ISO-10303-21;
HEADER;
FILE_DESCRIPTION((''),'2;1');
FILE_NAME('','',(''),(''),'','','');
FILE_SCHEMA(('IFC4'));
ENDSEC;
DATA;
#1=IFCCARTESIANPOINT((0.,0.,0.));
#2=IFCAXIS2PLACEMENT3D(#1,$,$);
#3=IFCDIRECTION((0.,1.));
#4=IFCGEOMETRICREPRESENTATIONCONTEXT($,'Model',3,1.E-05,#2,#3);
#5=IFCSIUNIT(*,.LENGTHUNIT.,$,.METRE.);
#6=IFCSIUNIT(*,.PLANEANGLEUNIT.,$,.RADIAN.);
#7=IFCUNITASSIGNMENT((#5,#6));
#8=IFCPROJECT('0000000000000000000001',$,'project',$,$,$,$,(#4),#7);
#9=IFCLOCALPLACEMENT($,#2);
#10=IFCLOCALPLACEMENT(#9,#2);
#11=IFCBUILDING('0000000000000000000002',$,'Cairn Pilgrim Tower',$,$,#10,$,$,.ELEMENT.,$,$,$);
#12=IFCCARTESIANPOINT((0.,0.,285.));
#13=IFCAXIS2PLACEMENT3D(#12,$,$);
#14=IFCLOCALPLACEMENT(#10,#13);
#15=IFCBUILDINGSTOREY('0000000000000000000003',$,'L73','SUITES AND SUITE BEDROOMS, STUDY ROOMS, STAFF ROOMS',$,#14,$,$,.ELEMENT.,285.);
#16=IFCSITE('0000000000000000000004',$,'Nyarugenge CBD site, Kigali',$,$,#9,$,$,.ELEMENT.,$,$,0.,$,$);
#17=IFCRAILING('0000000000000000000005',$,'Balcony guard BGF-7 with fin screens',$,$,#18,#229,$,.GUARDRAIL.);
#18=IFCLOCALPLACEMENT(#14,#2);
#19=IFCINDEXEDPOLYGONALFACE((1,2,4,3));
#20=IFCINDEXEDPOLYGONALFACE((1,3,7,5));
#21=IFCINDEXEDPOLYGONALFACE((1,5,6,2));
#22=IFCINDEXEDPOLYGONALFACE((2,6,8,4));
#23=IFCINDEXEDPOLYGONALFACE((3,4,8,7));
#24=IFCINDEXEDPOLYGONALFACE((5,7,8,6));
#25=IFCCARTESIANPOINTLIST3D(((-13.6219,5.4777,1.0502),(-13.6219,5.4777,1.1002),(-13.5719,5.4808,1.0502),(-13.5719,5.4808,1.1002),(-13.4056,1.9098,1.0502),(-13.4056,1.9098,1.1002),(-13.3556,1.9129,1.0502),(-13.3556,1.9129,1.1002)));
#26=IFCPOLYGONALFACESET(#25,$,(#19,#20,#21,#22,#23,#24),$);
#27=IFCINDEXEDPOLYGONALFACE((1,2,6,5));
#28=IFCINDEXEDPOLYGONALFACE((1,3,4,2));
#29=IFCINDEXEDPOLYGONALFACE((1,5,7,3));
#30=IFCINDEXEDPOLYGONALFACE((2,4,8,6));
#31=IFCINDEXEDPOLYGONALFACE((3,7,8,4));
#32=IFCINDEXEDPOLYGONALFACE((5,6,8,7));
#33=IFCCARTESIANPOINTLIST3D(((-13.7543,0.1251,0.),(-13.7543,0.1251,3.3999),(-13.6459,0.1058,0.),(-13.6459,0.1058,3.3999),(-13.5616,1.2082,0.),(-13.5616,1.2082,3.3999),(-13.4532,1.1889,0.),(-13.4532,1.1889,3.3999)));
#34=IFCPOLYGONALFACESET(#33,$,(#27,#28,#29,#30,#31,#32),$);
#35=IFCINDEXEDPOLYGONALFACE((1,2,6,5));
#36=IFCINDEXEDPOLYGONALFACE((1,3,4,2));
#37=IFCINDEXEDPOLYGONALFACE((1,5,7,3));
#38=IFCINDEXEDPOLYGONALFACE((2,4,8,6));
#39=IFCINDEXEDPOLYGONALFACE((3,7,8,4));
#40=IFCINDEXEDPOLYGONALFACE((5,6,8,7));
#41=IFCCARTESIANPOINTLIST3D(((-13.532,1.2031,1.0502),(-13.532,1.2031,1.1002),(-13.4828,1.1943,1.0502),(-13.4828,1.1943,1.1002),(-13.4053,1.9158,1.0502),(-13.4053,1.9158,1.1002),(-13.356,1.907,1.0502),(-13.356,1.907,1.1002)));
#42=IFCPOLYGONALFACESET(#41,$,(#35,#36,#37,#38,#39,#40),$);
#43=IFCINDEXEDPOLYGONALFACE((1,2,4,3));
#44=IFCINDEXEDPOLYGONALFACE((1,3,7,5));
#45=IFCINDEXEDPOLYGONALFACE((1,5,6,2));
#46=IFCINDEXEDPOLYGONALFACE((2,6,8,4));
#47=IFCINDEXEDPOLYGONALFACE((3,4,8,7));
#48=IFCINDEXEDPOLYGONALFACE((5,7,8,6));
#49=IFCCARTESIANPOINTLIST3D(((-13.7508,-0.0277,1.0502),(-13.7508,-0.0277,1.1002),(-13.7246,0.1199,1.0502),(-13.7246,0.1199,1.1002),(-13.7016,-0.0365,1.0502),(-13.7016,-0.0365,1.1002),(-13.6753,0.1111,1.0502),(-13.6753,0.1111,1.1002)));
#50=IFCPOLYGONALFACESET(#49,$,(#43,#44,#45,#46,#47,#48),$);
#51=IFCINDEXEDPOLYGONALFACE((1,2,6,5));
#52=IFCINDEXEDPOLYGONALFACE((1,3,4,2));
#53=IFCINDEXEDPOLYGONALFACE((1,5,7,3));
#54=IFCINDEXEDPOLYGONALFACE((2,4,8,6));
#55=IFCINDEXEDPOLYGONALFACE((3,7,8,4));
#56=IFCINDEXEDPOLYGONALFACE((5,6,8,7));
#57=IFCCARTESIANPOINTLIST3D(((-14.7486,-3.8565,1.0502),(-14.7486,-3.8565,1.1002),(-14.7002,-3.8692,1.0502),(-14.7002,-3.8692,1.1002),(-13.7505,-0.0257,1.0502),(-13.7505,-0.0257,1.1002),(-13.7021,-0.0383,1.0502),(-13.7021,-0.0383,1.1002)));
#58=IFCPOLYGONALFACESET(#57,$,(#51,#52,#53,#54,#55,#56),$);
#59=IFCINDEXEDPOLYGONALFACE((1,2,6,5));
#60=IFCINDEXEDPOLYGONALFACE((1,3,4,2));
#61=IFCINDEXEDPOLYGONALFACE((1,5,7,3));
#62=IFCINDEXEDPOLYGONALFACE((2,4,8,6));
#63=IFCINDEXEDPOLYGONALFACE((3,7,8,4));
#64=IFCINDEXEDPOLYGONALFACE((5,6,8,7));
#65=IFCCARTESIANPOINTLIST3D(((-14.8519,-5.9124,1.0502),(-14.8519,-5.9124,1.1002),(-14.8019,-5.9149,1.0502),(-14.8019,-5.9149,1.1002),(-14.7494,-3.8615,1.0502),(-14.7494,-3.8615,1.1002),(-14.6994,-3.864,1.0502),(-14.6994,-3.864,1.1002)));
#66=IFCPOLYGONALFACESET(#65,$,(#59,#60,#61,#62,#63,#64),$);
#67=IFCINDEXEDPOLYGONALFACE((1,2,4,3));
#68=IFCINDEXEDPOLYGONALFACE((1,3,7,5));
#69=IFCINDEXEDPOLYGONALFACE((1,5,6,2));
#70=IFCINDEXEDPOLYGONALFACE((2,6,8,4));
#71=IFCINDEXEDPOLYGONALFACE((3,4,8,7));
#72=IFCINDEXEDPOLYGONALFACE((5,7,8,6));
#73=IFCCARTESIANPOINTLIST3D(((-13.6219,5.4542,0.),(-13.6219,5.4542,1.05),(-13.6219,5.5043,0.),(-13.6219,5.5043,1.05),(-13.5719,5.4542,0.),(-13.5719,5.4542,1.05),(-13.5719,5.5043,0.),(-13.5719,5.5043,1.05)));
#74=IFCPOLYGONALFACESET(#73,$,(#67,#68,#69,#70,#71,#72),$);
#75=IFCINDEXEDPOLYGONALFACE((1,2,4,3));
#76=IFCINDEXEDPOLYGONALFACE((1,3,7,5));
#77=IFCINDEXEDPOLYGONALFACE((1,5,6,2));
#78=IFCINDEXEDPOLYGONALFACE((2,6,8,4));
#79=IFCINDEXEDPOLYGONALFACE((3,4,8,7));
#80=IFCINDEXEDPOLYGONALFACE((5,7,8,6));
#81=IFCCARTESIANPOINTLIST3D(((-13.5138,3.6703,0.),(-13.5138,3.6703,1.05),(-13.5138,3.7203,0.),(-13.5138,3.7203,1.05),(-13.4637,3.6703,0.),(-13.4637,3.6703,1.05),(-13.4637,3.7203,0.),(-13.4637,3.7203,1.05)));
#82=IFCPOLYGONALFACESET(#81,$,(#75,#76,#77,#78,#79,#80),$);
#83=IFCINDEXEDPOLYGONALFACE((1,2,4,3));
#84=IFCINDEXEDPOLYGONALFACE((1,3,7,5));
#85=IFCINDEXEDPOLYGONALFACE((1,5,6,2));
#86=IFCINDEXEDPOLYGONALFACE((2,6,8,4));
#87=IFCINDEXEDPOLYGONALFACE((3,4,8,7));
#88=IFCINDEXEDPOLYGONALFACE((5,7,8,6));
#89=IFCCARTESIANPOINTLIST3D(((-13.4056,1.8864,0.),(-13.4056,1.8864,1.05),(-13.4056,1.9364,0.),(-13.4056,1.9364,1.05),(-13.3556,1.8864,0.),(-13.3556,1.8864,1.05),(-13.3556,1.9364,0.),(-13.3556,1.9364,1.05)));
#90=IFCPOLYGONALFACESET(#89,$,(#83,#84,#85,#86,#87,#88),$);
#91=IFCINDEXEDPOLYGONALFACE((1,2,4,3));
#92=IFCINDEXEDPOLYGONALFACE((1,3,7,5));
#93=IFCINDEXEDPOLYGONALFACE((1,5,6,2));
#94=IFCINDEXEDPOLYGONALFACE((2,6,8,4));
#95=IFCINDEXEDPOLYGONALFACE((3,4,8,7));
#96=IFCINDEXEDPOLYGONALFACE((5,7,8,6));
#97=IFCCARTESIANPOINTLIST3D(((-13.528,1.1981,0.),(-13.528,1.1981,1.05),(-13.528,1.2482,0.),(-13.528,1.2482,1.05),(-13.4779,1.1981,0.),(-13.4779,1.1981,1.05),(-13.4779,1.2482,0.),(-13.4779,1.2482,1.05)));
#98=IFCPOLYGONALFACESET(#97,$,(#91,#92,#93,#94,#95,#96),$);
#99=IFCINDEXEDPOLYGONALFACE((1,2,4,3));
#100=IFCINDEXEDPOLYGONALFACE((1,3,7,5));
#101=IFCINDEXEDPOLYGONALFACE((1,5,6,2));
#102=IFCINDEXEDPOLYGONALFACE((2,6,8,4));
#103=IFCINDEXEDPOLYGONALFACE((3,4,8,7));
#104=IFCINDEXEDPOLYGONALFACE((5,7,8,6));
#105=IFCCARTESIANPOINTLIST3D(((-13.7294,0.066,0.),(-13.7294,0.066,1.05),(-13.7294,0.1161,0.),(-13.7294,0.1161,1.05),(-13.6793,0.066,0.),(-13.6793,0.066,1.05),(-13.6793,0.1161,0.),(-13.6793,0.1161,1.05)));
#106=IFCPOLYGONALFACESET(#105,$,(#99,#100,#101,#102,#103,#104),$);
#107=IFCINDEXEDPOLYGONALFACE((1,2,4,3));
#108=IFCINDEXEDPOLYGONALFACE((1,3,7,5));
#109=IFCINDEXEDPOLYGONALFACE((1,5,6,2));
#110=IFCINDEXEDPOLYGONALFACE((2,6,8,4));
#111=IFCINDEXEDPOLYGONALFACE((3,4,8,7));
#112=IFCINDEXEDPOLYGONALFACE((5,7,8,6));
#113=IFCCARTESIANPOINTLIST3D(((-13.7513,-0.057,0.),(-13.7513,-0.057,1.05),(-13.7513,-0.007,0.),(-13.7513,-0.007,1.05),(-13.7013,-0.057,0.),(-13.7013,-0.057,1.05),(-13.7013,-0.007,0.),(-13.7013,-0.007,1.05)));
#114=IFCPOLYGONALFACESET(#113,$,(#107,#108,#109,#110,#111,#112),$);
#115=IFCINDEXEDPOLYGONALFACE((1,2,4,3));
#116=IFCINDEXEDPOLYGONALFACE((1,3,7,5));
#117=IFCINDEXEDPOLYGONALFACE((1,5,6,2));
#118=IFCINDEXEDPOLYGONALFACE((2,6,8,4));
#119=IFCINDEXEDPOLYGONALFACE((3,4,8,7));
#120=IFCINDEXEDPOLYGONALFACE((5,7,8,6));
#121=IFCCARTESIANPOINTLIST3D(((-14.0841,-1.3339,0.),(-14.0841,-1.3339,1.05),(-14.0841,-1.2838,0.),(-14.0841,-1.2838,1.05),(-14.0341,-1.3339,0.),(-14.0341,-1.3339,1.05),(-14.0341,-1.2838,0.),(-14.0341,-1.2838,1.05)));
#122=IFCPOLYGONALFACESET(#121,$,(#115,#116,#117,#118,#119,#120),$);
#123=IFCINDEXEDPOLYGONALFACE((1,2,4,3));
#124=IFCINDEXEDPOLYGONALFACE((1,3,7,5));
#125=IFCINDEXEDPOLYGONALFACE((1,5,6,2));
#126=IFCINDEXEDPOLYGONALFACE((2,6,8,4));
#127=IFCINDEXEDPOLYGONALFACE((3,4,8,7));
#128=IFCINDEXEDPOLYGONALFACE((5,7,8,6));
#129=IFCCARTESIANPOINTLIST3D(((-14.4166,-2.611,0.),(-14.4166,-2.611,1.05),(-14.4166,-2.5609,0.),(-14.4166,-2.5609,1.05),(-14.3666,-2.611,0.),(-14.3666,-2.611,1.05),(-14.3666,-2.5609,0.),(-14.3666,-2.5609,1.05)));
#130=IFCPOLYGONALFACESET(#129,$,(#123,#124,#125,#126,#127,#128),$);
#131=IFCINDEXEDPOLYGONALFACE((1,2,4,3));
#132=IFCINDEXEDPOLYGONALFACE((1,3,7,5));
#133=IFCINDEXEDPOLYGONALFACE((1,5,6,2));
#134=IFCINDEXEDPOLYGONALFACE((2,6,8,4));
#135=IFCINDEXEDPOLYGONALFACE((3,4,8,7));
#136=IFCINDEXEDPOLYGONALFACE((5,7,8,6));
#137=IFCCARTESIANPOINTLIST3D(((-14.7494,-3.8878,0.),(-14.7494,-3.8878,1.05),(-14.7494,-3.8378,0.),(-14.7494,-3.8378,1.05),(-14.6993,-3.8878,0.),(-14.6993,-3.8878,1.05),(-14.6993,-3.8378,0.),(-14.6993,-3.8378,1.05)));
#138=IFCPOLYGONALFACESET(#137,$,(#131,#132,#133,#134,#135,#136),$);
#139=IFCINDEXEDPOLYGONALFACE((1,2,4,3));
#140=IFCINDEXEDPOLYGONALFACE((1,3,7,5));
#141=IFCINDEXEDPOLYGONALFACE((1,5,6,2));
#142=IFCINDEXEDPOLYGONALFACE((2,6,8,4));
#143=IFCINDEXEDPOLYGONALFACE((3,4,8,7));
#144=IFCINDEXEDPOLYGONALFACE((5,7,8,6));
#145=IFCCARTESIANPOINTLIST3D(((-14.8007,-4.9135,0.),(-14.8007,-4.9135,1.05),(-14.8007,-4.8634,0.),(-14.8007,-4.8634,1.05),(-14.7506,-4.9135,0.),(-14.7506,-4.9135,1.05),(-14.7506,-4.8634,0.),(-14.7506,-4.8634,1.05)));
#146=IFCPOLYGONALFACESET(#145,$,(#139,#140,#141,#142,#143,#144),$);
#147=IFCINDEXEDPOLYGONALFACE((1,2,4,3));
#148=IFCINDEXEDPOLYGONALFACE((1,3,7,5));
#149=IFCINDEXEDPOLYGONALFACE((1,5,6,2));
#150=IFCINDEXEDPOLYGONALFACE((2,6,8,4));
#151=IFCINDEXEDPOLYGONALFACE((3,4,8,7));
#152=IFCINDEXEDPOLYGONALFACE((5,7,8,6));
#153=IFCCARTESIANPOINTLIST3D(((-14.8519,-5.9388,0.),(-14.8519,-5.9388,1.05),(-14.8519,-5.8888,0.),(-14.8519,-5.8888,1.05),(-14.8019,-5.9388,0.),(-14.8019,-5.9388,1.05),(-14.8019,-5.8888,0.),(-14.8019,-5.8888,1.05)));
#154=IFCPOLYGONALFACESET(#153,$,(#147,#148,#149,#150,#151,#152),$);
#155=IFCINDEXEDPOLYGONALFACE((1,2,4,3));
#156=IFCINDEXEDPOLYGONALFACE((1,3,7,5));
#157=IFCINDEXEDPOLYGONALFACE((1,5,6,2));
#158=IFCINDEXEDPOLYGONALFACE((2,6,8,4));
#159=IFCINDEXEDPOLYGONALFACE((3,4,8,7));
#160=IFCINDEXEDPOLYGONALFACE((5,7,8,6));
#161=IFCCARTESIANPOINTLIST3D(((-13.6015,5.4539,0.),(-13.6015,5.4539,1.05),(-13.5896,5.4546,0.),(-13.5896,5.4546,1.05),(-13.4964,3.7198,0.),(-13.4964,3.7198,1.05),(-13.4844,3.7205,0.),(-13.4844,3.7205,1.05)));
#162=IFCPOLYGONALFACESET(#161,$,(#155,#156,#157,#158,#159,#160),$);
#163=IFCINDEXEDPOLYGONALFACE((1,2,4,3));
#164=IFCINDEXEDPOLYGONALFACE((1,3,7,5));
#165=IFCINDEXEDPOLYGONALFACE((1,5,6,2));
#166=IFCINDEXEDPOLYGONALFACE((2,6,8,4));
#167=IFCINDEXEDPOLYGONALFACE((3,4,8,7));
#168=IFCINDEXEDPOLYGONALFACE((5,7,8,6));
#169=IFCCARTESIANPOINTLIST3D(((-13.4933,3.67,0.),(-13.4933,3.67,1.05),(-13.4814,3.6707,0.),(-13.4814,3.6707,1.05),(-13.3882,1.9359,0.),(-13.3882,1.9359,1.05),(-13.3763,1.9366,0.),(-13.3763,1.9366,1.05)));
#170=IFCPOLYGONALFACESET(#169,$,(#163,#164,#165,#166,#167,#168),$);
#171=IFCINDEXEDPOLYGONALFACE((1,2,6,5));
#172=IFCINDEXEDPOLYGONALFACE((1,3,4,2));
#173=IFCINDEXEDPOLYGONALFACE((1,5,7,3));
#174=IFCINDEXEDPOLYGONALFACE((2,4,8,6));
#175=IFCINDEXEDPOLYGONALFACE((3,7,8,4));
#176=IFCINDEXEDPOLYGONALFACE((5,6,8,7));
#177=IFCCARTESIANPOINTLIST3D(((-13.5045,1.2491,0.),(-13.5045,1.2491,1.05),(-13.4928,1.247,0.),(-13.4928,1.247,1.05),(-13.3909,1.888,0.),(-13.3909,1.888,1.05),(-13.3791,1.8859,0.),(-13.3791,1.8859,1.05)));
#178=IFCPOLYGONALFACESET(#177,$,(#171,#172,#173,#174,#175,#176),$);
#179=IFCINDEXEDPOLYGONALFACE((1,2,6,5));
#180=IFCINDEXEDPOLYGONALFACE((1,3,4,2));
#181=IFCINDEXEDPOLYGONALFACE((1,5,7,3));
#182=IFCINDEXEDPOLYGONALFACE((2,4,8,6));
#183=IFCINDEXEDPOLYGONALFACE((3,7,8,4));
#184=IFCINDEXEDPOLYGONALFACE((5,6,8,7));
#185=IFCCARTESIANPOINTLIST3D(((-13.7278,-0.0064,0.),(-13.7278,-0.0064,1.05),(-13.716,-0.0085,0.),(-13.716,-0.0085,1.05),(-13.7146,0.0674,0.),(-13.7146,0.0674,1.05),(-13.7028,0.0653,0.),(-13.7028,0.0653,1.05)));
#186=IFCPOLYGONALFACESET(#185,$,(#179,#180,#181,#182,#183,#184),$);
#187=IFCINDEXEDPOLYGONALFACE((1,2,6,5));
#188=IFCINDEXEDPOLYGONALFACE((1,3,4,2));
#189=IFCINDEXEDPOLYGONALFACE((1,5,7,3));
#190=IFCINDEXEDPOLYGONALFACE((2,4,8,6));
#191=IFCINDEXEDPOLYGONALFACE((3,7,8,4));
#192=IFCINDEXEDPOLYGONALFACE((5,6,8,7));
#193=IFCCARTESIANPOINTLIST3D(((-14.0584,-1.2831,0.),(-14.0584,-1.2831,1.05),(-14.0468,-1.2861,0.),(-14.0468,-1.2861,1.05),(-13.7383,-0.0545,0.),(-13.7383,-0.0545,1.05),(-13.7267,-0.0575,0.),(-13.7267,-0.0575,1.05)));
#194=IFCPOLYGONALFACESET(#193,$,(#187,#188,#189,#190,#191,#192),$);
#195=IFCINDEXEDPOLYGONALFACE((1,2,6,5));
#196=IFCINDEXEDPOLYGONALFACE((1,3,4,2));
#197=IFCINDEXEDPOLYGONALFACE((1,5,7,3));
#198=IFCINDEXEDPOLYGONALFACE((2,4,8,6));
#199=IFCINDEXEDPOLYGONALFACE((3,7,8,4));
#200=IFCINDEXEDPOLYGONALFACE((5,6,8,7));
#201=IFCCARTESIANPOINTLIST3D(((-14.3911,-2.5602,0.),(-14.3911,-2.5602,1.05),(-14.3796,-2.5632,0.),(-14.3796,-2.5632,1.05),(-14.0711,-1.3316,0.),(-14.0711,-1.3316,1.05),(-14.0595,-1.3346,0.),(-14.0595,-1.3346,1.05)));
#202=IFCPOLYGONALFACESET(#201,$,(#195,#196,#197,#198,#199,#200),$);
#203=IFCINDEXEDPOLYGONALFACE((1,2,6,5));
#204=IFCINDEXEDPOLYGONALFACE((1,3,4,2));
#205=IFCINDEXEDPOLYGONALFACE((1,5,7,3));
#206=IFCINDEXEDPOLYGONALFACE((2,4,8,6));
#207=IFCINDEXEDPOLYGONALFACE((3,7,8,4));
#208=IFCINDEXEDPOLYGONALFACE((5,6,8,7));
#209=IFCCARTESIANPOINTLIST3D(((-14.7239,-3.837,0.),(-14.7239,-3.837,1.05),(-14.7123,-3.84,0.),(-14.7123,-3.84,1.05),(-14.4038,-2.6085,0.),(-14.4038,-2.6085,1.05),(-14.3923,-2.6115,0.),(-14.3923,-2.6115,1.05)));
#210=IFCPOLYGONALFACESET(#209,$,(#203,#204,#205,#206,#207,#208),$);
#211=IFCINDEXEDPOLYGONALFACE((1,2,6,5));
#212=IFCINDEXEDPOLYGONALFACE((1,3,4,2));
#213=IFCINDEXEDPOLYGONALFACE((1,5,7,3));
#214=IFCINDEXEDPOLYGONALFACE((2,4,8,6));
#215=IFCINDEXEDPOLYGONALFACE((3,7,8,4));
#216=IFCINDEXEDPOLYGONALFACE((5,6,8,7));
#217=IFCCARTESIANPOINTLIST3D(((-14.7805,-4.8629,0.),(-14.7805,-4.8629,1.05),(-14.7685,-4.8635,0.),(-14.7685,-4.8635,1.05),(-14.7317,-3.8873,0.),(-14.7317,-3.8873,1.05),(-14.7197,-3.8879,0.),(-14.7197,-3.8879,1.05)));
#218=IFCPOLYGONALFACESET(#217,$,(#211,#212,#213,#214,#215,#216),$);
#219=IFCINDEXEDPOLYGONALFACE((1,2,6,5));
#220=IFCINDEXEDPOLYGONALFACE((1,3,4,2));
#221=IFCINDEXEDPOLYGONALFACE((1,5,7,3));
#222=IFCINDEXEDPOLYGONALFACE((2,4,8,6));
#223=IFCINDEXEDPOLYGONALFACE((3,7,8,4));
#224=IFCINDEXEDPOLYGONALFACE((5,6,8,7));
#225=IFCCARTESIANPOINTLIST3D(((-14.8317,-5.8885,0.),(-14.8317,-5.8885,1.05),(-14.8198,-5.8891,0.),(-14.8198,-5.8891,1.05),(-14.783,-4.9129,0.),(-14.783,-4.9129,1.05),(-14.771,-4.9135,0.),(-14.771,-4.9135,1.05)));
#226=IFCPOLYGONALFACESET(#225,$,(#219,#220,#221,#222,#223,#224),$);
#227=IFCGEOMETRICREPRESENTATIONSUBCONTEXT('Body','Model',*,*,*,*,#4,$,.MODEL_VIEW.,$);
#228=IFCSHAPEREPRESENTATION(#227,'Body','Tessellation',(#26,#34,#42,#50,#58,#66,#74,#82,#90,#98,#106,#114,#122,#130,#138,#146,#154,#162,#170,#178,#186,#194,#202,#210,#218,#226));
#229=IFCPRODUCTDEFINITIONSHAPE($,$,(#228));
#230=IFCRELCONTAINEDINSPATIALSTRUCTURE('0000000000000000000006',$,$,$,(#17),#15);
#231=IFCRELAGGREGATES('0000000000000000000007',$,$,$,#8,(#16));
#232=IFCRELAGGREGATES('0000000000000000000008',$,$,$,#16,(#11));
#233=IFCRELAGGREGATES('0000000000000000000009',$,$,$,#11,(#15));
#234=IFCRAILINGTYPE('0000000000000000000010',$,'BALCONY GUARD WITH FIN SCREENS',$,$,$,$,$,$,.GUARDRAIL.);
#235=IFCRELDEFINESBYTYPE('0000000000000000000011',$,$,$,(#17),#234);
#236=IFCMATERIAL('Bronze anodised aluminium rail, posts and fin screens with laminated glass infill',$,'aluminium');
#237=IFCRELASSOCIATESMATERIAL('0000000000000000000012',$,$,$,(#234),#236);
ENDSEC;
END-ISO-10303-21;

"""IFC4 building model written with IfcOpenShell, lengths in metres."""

from ifc_helpers import new_model, si_unit, direction, frame, origin, origin_2d, place, context, subcontext, project, spatial, polyline, rectangle, outline, extrude, material, type_object, element, save


model = new_model("IFC4")

# Units and contexts
model_context = context("Model", 3, precision=1e-05, world=origin(), true_north=direction((0.0, 1.0)))
body_context = subcontext(model_context, "Body", "Model", "MODEL_VIEW")
ifc_project = project(units=[si_unit("LENGTHUNIT", "METRE"), si_unit("PLANEANGLEUNIT", "RADIAN")], contexts=[model_context])

# Site, building, storey
site_placement = place(None, origin())
site = spatial("IfcSite", under=ifc_project, at=site_placement, Name="Nyarugenge CBD site, Kigali", CompositionType="ELEMENT", RefElevation=0.0)
building_placement = place(site_placement, origin())
building = spatial("IfcBuilding", under=site, at=building_placement, Name="Cairn Pilgrim Tower", CompositionType="ELEMENT")
storey_placement = place(building_placement, frame((0.0, 0.0, 285.0)))
storey = spatial("IfcBuildingStorey", under=building, at=storey_placement, Name="L73", Description="SUITES AND SUITE BEDROOMS, STUDY ROOMS, STAFF ROOMS", CompositionType="ELEMENT", Elevation=285.0)

# Railing
ifc_material_1 = material(Name="Bronze anodised aluminium rail, posts and fin screens with laminated glass infill", Category="aluminium")
railing_type = type_object("IfcRailingType", Name="BALCONY GUARD WITH FIN SCREENS", PredefinedType="GUARDRAIL", material=ifc_material_1)
railing_placement = place(storey_placement, frame((-13.5969, 5.4792, 0.0)))
element("IfcRailing", 1, at=railing_placement, inside=storey, type_object=railing_type, Name="Balcony guard BGF-7 with fin screens", PredefinedType="GUARDRAIL", context=body_context, shape_type="SweptSolid", body=[
    extrude(rectangle(XDim=0.05, YDim=0.05, at=origin_2d()), frame((0.0, 0.0, 1.0752), z_axis=(0.060516, -0.998167, 0.0), x_axis=(0.998167, 0.060516, 0.0)), (0.0, 0.0, 1.0), 3.5745),
    extrude(rectangle(XDim=1.1001, YDim=0.1101, at=origin_2d()), frame((-0.0068, -4.8223, 0.0), z_axis=(0.0, 0.0, 1.0), x_axis=(-0.17514, -0.984544, 0.0)), (0.0, 0.0, 1.0), 3.3999),
    extrude(rectangle(XDim=0.05, YDim=0.05, at=origin_2d()), frame((0.2163, -3.5679, 1.0752), z_axis=(-0.17514, -0.984544, 0.0), x_axis=(0.984544, -0.17514, 0.0)), (0.0, 0.0, 1.0), 0.7239),
    extrude(rectangle(XDim=0.05, YDim=0.05, at=origin_2d()), frame((-0.103, -5.3638, 1.0752), z_axis=(-0.17514, -0.984544, 0.0), x_axis=(0.984544, -0.17514, 0.0)), (0.0, 0.0, 1.0), 0.1499),
    extrude(rectangle(XDim=0.05, YDim=0.05, at=origin_2d()), frame((-0.1294, -5.5112, 1.0752), z_axis=(-0.252116, -0.967697, 0.0), x_axis=(0.967697, -0.252116, 0.0)), (0.0, 0.0, 1.0), 3.9587),
    extrude(rectangle(XDim=0.05, YDim=0.05, at=origin_2d()), frame((-1.1274, -9.342, 1.0752), z_axis=(-0.049932, -0.998753, 0.0), x_axis=(0.998753, -0.049932, 0.0)), (0.0, 0.0, 1.0), 2.0535),
    extrude(rectangle(XDim=0.05, YDim=0.05, at=origin_2d()), origin(), (0.0, 0.0, 1.0), 1.05),
    extrude(rectangle(XDim=0.05, YDim=0.05, at=origin_2d()), frame((0.1082, -1.7839, 0.0)), (0.0, 0.0, 1.0), 1.05),
    extrude(rectangle(XDim=0.05, YDim=0.05, at=origin_2d()), frame((0.2163, -3.5679, 0.0)), (0.0, 0.0, 1.0), 1.05),
    extrude(rectangle(XDim=0.05, YDim=0.05, at=origin_2d()), frame((0.094, -4.2561, 0.0)), (0.0, 0.0, 1.0), 1.05),
    extrude(rectangle(XDim=0.05, YDim=0.05, at=origin_2d()), frame((-0.1074, -5.3882, 0.0)), (0.0, 0.0, 1.0), 1.05),
    extrude(rectangle(XDim=0.05, YDim=0.05, at=origin_2d()), frame((-0.1294, -5.5112, 0.0)), (0.0, 0.0, 1.0), 1.05),
    extrude(rectangle(XDim=0.05, YDim=0.05, at=origin_2d()), frame((-0.4622, -6.7881, 0.0)), (0.0, 0.0, 1.0), 1.05),
    extrude(rectangle(XDim=0.05, YDim=0.05, at=origin_2d()), frame((-0.7947, -8.0652, 0.0)), (0.0, 0.0, 1.0), 1.05),
    extrude(rectangle(XDim=0.05, YDim=0.05, at=origin_2d()), frame((-1.1274, -9.342, 0.0)), (0.0, 0.0, 1.0), 1.05),
    extrude(rectangle(XDim=0.05, YDim=0.05, at=origin_2d()), frame((-1.1787, -10.3677, 0.0)), (0.0, 0.0, 1.0), 1.05),
    extrude(rectangle(XDim=0.05, YDim=0.05, at=origin_2d()), frame((-1.23, -11.3931, 0.0)), (0.0, 0.0, 1.0), 1.05),
    extrude(outline(polyline([(0.0249, 0.0), (1.7622, 0.0), (1.7622, 1.05), (0.0249, 1.05), (0.0249, 0.0)])), frame((0.0059, 0.0002, 0.0), z_axis=(-0.998167, -0.060516, 0.0), x_axis=(0.060516, -0.998167, 0.0)), (0.0, 0.0, 1.0), 0.012),
    extrude(outline(polyline([(0.0249, 0.0), (1.7622, 0.0), (1.7622, 1.05), (0.0249, 1.05), (0.0249, 0.0)])), frame((0.114, -1.7837, 0.0), z_axis=(-0.998167, -0.060516, 0.0), x_axis=(0.060516, -0.998167, 0.0)), (0.0, 0.0, 1.0), 0.012),
    extrude(outline(polyline([(0.0249, 0.0), (0.6738, 0.0), (0.6738, 1.05), (0.0249, 1.05), (0.0249, 0.0)])), frame((0.2222, -3.5688, 0.0), z_axis=(-0.984544, 0.17514, 0.0), x_axis=(-0.17514, -0.984544, 0.0)), (0.0, 0.0, 1.0), 0.012),
    extrude(outline(polyline([(0.0249, 0.0), (0.0999, 0.0), (0.0999, 1.05), (0.0249, 1.05), (0.0249, 0.0)])), frame((-0.1016, -5.3894, 0.0), z_axis=(-0.984544, 0.17514, 0.0), x_axis=(-0.17514, -0.984544, 0.0)), (0.0, 0.0, 1.0), 0.012),
    extrude(outline(polyline([(0.0249, 0.0), (1.2944, 0.0), (1.2944, 1.05), (0.0249, 1.05), (0.0249, 0.0)])), frame((-0.1235, -5.5127, 0.0), z_axis=(-0.967697, 0.252116, 0.0), x_axis=(-0.252116, -0.967697, 0.0)), (0.0, 0.0, 1.0), 0.012),
    extrude(outline(polyline([(0.0249, 0.0), (1.2944, 0.0), (1.2944, 1.05), (0.0249, 1.05), (0.0249, 0.0)])), frame((-0.4563, -6.7898, 0.0), z_axis=(-0.967697, 0.252116, 0.0), x_axis=(-0.252116, -0.967697, 0.0)), (0.0, 0.0, 1.0), 0.012),
    extrude(outline(polyline([(0.0249, 0.0), (1.2944, 0.0), (1.2944, 1.05), (0.0249, 1.05), (0.0249, 0.0)])), frame((-0.7891, -8.0667, 0.0), z_axis=(-0.967697, 0.252116, 0.0), x_axis=(-0.252116, -0.967697, 0.0)), (0.0, 0.0, 1.0), 0.012),
    extrude(outline(polyline([(0.0249, 0.0), (1.0017, 0.0), (1.0017, 1.05), (0.0249, 1.05), (0.0249, 0.0)])), frame((-1.1216, -9.3423, 0.0), z_axis=(-0.998753, 0.049932, 0.0), x_axis=(-0.049932, -0.998753, 0.0)), (0.0, 0.0, 1.0), 0.012),
    extrude(outline(polyline([(0.0249, 0.0), (1.0017, 0.0), (1.0017, 1.05), (0.0249, 1.05), (0.0249, 0.0)])), frame((-1.1729, -10.3679, 0.0), z_axis=(-0.998753, 0.049932, 0.0), x_axis=(-0.049932, -0.998753, 0.0)), (0.0, 0.0, 1.0), 0.012),
])

save(model, "model.ifc")
